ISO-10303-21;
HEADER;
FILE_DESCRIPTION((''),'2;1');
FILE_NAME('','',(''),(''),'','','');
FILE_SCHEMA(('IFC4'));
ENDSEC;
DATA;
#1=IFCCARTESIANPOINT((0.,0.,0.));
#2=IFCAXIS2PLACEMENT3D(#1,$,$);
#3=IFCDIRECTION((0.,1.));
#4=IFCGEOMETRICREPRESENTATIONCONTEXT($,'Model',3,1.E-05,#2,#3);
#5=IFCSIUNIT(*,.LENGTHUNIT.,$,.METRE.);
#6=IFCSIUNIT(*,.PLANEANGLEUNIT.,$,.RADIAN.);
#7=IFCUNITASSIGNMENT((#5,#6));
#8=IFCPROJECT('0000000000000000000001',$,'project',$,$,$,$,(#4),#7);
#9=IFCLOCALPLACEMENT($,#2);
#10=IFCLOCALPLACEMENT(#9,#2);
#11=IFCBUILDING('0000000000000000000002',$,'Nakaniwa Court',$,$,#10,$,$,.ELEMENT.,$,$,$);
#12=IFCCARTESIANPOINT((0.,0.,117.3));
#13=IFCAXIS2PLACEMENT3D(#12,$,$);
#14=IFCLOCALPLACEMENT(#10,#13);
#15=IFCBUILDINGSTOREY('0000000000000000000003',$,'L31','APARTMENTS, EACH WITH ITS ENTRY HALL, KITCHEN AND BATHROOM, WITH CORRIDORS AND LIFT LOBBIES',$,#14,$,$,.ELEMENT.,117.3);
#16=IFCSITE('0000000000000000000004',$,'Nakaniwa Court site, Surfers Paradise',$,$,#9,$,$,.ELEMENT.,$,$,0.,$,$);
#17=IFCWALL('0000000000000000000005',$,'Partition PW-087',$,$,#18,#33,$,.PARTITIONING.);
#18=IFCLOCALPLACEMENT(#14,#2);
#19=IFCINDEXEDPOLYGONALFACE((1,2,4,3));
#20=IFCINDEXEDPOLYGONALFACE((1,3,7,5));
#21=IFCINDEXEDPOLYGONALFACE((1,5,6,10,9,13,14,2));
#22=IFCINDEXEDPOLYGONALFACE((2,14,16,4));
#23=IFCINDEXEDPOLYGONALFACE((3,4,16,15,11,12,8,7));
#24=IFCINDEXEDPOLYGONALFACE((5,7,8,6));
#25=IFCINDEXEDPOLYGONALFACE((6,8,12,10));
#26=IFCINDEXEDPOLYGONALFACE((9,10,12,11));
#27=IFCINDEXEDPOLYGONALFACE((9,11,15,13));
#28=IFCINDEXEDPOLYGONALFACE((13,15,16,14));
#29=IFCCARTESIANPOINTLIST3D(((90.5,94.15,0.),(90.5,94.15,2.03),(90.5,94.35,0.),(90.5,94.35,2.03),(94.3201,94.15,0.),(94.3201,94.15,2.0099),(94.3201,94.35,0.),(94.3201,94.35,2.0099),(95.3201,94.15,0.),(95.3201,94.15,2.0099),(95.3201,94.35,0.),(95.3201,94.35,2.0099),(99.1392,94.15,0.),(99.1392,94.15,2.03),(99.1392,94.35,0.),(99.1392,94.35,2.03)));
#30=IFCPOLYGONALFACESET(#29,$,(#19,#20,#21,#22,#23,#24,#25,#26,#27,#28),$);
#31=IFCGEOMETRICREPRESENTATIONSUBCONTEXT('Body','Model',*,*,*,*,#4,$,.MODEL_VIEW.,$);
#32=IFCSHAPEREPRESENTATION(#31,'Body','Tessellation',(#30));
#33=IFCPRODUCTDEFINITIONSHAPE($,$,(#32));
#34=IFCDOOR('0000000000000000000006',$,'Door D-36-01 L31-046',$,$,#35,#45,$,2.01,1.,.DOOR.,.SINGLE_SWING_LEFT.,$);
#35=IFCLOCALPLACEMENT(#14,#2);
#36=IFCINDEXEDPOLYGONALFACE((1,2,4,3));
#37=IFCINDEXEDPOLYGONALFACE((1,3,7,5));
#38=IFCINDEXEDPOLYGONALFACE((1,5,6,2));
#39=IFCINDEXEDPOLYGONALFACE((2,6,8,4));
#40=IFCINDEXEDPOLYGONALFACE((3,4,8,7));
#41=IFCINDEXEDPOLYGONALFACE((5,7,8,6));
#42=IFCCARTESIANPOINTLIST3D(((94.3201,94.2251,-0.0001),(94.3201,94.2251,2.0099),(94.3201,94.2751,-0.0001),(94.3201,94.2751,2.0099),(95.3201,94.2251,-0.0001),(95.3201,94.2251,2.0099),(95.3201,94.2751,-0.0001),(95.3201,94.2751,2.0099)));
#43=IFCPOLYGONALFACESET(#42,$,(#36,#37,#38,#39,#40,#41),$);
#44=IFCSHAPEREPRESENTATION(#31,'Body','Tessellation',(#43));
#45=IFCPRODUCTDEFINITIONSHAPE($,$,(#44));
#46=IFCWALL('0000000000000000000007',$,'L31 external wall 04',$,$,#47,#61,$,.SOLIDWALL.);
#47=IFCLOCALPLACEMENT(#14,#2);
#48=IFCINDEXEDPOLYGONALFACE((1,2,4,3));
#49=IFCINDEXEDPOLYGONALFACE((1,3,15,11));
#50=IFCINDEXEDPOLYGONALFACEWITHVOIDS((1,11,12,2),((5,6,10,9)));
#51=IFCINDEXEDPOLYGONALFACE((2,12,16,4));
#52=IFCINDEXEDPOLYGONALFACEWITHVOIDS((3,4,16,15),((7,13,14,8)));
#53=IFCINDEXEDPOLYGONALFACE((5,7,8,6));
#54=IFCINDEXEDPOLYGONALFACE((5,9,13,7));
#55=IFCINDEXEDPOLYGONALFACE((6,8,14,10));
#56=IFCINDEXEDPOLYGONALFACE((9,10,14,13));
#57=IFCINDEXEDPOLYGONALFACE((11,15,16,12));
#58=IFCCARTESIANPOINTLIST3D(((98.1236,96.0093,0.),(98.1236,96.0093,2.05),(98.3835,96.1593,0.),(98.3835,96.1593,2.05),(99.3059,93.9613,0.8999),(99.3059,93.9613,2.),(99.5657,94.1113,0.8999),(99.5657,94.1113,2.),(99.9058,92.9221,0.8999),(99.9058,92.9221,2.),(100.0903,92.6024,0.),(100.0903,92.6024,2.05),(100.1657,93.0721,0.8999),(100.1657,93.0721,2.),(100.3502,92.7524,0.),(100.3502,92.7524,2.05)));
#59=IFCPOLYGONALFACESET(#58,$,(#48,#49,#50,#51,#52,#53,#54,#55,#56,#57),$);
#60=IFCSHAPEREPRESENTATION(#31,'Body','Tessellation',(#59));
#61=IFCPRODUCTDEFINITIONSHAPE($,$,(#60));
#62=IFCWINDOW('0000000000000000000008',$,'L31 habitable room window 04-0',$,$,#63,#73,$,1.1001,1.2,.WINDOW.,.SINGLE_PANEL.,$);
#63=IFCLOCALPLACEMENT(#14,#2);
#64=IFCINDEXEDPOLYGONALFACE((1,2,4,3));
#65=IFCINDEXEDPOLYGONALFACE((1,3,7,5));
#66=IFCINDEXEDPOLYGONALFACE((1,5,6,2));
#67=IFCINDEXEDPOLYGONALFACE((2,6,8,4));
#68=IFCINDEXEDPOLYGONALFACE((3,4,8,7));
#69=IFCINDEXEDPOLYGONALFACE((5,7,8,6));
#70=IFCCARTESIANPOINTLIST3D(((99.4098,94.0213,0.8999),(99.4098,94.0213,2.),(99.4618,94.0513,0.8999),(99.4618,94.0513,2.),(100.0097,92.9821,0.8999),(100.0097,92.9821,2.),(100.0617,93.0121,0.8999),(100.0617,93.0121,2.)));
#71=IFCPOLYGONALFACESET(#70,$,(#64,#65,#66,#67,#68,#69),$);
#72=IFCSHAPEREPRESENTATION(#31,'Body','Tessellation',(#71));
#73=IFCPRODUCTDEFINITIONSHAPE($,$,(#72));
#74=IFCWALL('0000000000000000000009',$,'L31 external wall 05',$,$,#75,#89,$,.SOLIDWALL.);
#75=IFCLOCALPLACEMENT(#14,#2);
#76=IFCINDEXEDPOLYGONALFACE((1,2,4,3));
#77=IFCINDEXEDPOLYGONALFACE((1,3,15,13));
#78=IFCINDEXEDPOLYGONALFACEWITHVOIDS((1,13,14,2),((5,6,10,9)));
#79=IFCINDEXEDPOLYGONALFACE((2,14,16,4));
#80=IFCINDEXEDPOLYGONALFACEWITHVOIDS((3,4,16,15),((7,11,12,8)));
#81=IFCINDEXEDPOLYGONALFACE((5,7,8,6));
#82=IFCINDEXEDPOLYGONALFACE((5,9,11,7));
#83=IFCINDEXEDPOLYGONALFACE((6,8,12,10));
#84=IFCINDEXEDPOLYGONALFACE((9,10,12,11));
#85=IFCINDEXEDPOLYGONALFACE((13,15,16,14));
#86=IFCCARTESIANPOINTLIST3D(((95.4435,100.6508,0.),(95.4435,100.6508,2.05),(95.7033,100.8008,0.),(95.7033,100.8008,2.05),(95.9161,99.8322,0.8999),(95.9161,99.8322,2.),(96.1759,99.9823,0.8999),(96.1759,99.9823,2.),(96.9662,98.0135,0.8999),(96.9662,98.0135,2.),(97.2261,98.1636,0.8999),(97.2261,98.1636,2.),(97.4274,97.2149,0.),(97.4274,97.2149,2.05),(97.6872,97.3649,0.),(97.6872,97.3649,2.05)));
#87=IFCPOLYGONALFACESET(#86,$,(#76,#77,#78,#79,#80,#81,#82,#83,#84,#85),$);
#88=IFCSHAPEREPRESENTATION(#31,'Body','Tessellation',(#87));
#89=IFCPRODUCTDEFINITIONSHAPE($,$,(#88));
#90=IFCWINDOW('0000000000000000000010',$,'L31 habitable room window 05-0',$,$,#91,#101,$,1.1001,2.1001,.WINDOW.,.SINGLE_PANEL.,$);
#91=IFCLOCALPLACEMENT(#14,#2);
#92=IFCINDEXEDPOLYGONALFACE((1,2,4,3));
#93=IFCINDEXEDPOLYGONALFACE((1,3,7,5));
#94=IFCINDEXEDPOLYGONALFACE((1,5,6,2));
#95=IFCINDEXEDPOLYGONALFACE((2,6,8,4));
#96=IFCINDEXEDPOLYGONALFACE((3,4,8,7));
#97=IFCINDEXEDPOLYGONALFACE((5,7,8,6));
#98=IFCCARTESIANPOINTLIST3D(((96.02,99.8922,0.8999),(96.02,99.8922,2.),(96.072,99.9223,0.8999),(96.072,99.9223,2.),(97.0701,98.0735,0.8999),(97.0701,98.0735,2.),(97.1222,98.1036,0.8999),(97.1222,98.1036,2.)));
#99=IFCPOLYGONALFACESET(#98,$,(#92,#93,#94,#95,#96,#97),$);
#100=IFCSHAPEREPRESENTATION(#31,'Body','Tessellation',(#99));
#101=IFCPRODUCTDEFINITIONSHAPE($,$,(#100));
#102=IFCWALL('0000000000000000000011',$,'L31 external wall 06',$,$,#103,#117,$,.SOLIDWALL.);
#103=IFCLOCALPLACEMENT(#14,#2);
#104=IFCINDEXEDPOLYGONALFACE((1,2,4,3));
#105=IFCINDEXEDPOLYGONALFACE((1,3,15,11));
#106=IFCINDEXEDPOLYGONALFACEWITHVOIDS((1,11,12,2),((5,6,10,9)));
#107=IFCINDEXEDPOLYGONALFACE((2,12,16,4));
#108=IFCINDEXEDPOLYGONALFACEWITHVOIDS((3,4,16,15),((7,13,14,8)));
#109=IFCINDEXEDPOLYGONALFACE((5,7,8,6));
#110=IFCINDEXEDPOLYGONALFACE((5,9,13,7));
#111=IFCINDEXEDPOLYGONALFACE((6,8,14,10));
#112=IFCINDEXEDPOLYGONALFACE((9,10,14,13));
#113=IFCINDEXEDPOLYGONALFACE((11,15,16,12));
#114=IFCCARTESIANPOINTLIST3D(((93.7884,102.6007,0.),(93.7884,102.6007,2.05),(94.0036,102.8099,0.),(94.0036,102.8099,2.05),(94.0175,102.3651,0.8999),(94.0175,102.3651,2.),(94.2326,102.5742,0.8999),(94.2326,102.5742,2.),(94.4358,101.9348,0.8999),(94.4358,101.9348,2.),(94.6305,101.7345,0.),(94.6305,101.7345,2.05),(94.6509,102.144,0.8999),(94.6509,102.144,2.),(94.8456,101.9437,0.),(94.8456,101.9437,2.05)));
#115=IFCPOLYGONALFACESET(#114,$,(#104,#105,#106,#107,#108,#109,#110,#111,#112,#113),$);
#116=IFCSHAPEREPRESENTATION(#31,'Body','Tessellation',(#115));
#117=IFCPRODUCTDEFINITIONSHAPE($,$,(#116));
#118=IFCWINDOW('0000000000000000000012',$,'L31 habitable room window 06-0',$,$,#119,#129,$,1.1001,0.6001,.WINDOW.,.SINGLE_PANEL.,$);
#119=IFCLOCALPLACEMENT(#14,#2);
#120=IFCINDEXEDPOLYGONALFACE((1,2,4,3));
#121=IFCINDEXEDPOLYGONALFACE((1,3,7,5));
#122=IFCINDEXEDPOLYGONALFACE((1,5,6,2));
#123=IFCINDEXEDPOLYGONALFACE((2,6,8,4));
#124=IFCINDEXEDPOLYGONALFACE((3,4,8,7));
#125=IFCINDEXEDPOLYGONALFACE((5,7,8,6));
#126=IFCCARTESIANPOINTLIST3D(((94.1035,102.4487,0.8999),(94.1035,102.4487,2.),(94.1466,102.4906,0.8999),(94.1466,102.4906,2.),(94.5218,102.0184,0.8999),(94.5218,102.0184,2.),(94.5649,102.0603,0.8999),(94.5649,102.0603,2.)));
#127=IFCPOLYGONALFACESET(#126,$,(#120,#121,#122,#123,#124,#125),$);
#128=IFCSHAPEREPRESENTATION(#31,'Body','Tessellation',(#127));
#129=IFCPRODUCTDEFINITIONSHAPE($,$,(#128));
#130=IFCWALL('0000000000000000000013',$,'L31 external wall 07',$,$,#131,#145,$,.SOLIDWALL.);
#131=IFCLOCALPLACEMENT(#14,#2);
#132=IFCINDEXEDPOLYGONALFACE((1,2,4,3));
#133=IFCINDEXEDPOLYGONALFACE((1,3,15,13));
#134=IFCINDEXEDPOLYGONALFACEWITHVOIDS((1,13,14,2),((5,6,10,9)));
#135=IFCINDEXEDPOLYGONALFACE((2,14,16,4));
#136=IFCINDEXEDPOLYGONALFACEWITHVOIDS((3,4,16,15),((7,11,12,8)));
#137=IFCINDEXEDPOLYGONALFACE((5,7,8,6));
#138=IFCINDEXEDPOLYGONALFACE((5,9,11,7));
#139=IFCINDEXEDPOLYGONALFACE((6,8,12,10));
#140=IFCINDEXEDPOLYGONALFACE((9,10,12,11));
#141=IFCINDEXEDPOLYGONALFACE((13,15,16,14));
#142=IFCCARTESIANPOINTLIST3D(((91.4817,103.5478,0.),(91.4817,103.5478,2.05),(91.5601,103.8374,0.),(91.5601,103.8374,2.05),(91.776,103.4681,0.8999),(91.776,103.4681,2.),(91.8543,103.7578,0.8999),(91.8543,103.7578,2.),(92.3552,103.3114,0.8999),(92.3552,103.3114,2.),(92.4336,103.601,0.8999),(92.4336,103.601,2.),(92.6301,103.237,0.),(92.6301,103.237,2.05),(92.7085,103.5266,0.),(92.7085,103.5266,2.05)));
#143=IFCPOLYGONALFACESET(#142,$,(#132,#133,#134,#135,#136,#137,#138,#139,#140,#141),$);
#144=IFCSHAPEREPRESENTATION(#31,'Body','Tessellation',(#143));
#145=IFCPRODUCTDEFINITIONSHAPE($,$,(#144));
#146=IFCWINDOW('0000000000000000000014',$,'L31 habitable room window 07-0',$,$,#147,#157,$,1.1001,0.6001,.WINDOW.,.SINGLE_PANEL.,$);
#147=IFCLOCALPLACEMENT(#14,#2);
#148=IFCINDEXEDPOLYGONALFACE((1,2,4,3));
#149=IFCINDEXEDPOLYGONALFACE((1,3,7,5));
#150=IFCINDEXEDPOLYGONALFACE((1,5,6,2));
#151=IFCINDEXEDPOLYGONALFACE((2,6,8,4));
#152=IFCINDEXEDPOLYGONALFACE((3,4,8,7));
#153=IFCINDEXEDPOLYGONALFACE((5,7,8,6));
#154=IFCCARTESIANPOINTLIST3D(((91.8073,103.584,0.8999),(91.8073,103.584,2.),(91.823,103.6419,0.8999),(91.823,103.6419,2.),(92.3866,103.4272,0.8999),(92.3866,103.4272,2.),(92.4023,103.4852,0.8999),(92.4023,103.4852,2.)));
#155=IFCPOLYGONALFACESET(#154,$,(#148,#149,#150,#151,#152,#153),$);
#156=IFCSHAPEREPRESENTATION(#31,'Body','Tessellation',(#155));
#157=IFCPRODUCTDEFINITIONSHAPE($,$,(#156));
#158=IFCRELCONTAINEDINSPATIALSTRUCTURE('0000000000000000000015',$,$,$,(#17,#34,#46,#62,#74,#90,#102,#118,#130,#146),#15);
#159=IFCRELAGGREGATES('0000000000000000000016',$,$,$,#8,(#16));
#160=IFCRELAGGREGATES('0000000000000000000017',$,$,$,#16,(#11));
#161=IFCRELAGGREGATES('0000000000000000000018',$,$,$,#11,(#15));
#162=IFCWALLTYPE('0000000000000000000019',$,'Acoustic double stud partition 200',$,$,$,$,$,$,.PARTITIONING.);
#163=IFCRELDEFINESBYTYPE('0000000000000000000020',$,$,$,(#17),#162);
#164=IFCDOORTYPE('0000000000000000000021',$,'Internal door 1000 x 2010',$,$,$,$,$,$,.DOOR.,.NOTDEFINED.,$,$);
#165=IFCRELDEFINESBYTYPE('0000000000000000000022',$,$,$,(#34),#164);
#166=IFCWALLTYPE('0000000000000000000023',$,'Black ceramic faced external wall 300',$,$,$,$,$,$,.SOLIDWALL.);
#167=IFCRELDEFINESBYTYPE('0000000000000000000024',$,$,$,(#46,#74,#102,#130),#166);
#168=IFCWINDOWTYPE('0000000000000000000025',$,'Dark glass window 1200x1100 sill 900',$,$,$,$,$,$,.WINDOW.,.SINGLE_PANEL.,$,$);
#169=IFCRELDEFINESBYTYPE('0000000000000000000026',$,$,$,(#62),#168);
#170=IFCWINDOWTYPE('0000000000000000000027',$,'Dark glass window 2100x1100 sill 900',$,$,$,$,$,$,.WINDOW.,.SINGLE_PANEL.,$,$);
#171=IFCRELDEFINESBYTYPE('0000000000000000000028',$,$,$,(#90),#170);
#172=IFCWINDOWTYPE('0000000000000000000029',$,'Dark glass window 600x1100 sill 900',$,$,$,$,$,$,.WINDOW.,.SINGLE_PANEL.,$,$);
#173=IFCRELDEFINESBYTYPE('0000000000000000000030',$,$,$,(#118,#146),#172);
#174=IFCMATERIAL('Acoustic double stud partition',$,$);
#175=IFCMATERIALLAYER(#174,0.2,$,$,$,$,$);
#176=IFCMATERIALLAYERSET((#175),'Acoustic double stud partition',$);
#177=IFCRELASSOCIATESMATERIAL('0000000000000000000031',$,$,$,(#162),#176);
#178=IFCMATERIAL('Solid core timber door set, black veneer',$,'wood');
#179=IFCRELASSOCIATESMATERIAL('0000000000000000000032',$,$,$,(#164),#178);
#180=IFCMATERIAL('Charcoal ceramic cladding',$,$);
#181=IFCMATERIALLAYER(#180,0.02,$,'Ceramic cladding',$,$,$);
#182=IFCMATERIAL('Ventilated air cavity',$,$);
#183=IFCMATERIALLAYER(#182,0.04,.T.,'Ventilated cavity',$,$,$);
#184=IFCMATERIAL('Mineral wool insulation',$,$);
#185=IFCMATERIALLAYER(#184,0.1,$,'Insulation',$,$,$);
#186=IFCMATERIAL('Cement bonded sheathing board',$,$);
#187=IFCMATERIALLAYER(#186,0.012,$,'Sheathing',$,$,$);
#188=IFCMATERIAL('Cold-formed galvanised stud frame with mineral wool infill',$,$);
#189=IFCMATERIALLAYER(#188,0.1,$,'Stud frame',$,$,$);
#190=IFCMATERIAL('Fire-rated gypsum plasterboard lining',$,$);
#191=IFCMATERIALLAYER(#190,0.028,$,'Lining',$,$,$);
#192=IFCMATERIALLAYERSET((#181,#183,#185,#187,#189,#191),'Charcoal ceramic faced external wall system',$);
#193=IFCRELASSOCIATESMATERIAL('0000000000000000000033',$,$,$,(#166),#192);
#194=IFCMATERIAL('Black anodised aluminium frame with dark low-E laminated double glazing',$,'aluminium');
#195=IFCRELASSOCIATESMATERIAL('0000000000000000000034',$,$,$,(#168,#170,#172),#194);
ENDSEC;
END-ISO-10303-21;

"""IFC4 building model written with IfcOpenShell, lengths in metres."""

from ifc_helpers import new_model, si_unit, direction, frame, frame_2d, origin, place, context, subcontext, project, spatial, rectangle, extrude, material, layer, layer_set, type_object, element, fill, save


model = new_model("IFC4")

# Units and contexts
model_context = context("Model", 3, precision=1e-05, world=origin(), true_north=direction((0.0, 1.0)))
body_context = subcontext(model_context, "Body", "Model", "MODEL_VIEW")
ifc_project = project(units=[si_unit("LENGTHUNIT", "METRE"), si_unit("PLANEANGLEUNIT", "RADIAN")], contexts=[model_context])

# Site, building, storey
site_placement = place(None, origin())
site = spatial("IfcSite", under=ifc_project, at=site_placement, Name="Nakaniwa Court site, Surfers Paradise", CompositionType="ELEMENT", RefElevation=0.0)
building_placement = place(site_placement, origin())
building = spatial("IfcBuilding", under=site, at=building_placement, Name="Nakaniwa Court", CompositionType="ELEMENT")
storey_placement = place(building_placement, frame((0.0, 0.0, 117.3)))
storey = spatial("IfcBuildingStorey", under=building, at=storey_placement, Name="L31", Description="APARTMENTS, EACH WITH ITS ENTRY HALL, KITCHEN AND BATHROOM, WITH CORRIDORS AND LIFT LOBBIES", CompositionType="ELEMENT", Elevation=117.3)

# Shared definitions
ifc_material_1 = material(Name="Acoustic double stud partition")
ifc_layer_1 = layer(ifc_material_1, 0.2)
ifc_layer_set_1 = layer_set([ifc_layer_1], Name="Acoustic double stud partition")
wall_type_1 = type_object("IfcWallType", Name="Acoustic double stud partition 200", PredefinedType="PARTITIONING", material=ifc_layer_set_1)

# Wall, opening, door
wall_1_placement = place(storey_placement, frame((99.1392, 94.25, 0.0), z_axis=(0.0, 0.0, 1.0), x_axis=(-1.0, 0.0, 0.0)))
wall_1 = element("IfcWall", 1, at=wall_1_placement, inside=storey, type_object=wall_type_1, Name="Partition PW-087", PredefinedType="PARTITIONING", context=body_context, shape_type="SweptSolid", body=[
    extrude(rectangle(XDim=8.6392, YDim=0.2, at=frame_2d((4.3196, 0.0))), origin(), (0.0, 0.0, 1.0), 2.03),
])
opening_1_placement = place(wall_1_placement, frame((3.8191, 0.0, 0.0)))
opening_1 = element("IfcOpeningElement", 2, at=opening_1_placement, cuts=wall_1, PredefinedType="OPENING", context=body_context, shape_type="SweptSolid", body=[
    extrude(rectangle(XDim=1.0, YDim=2.01, at=frame_2d((0.5, 1.0049))), frame((0.0, 0.1099, 0.0), z_axis=(0.0, -1.0, 0.0), x_axis=(1.0, 0.0, 0.0)), (0.0, 0.0, 1.0), 0.22),
])
ifc_material_2 = material(Name="Solid core timber door set, black veneer", Category="wood")
door_type = type_object("IfcDoorType", Name="Internal door 1000 x 2010", OperationType="NOTDEFINED", PredefinedType="DOOR", material=ifc_material_2)
door_placement = place(opening_1_placement, origin())
door = element("IfcDoor", 3, at=door_placement, inside=storey, type_object=door_type, Name="Door D-36-01 L31-046", OperationType="SINGLE_SWING_LEFT", OverallHeight=2.01, OverallWidth=1.0, PredefinedType="DOOR", context=body_context, shape_type="SweptSolid", body=[
    extrude(rectangle(XDim=1.0, YDim=2.01, at=frame_2d((0.5, 1.0049))), frame((0.0, 0.0249, 0.0), z_axis=(0.0, -1.0, 0.0), x_axis=(1.0, 0.0, 0.0)), (0.0, 0.0, 1.0), 0.05),
])
fill(opening_1, door)

# Walls, openings, windows
ifc_material_3 = material(Name="Charcoal ceramic cladding")
ifc_layer_2 = layer(ifc_material_3, 0.02, Name="Ceramic cladding")
ifc_material_4 = material(Name="Ventilated air cavity")
ifc_layer_3 = layer(ifc_material_4, 0.04, ventilated=True, Name="Ventilated cavity")
ifc_material_5 = material(Name="Mineral wool insulation")
ifc_layer_4 = layer(ifc_material_5, 0.1, Name="Insulation")
ifc_material_6 = material(Name="Cement bonded sheathing board")
ifc_layer_5 = layer(ifc_material_6, 0.012, Name="Sheathing")
ifc_material_7 = material(Name="Cold-formed galvanised stud frame with mineral wool infill")
ifc_layer_6 = layer(ifc_material_7, 0.1, Name="Stud frame")
ifc_material_8 = material(Name="Fire-rated gypsum plasterboard lining")
ifc_layer_7 = layer(ifc_material_8, 0.028, Name="Lining")
ifc_layer_set_2 = layer_set([ifc_layer_2, ifc_layer_3, ifc_layer_4, ifc_layer_5, ifc_layer_6, ifc_layer_7], Name="Charcoal ceramic faced external wall system")
wall_type_2 = type_object("IfcWallType", Name="Black ceramic faced external wall 300", PredefinedType="SOLIDWALL", material=ifc_layer_set_2)
wall_2_placement = place(storey_placement, frame((100.2202, 92.6775, 0.0), z_axis=(0.0, 0.0, 1.0), x_axis=(-0.499957, 0.86605, 0.0)))
wall_2 = element("IfcWall", 4, at=wall_2_placement, inside=storey, type_object=wall_type_2, Name="L31 external wall 04", PredefinedType="SOLIDWALL", context=body_context, shape_type="SweptSolid", body=[
    extrude(rectangle(XDim=3.9338, YDim=0.3, at=frame_2d((1.9668, 0.0))), origin(), (0.0, 0.0, 1.0), 2.05),
])
opening_2_placement = place(wall_2_placement, frame((0.3689, 0.0, 0.8999)))
opening_2 = element("IfcOpeningElement", 5, at=opening_2_placement, cuts=wall_2, PredefinedType="OPENING", context=body_context, shape_type="SweptSolid", body=[
    extrude(rectangle(XDim=1.2, YDim=1.1001, at=frame_2d((0.6001, 0.55))), frame((0.0, 0.1599, 0.0), z_axis=(0.0, -1.0, 0.0), x_axis=(1.0, 0.0, 0.0)), (0.0, 0.0, 1.0), 0.3201),
])
ifc_material_9 = material(Name="Black anodised aluminium frame with dark low-E laminated double glazing", Category="aluminium")
window_type_1 = type_object("IfcWindowType", Name="Dark glass window 1200x1100 sill 900", PartitioningType="SINGLE_PANEL", PredefinedType="WINDOW", material=ifc_material_9)
window_1_placement = place(opening_2_placement, origin())
window_1 = element("IfcWindow", 6, at=window_1_placement, inside=storey, type_object=window_type_1, Name="L31 habitable room window 04-0", OverallHeight=1.1001, OverallWidth=1.2, PartitioningType="SINGLE_PANEL", PredefinedType="WINDOW", context=body_context, shape_type="SweptSolid", body=[
    extrude(rectangle(XDim=1.2, YDim=1.1001, at=frame_2d((0.6001, 0.55))), frame((0.0, 0.03, 0.0), z_axis=(0.0, -1.0, 0.0), x_axis=(1.0, 0.0, 0.0)), (0.0, 0.0, 1.0), 0.0601),
])
fill(opening_2, window_1)
wall_3_placement = place(storey_placement, frame((97.5574, 97.2898, 0.0), z_axis=(0.0, 0.0, 1.0), x_axis=(-0.500044, 0.866, 0.0)))
wall_3 = element("IfcWall", 7, at=wall_3_placement, inside=storey, type_object=wall_type_2, Name="L31 external wall 05", PredefinedType="SOLIDWALL", context=body_context, shape_type="SweptSolid", body=[
    extrude(rectangle(XDim=3.9675, YDim=0.3, at=frame_2d((1.9839, 0.0))), origin(), (0.0, 0.0, 1.0), 2.05),
])
opening_3_placement = place(wall_3_placement, frame((0.9224, 0.0, 0.8999)))
opening_3 = element("IfcOpeningElement", 8, at=opening_3_placement, cuts=wall_3, PredefinedType="OPENING", context=body_context, shape_type="SweptSolid", body=[
    extrude(rectangle(XDim=2.1001, YDim=1.1001, at=frame_2d((1.05, 0.55))), frame((0.0, 0.1599, 0.0), z_axis=(0.0, -1.0, 0.0), x_axis=(1.0, 0.0, 0.0)), (0.0, 0.0, 1.0), 0.3201),
])
window_type_2 = type_object("IfcWindowType", Name="Dark glass window 2100x1100 sill 900", PartitioningType="SINGLE_PANEL", PredefinedType="WINDOW", material=ifc_material_9)
window_2_placement = place(opening_3_placement, origin())
window_2 = element("IfcWindow", 9, at=window_2_placement, inside=storey, type_object=window_type_2, Name="L31 habitable room window 05-0", OverallHeight=1.1001, OverallWidth=2.1001, PartitioningType="SINGLE_PANEL", PredefinedType="WINDOW", context=body_context, shape_type="SweptSolid", body=[
    extrude(rectangle(XDim=2.1001, YDim=1.1001, at=frame_2d((1.05, 0.55))), frame((0.0, 0.03, 0.0), z_axis=(0.0, -1.0, 0.0), x_axis=(1.0, 0.0, 0.0)), (0.0, 0.0, 1.0), 0.0601),
])
fill(opening_3, window_2)
wall_4_placement = place(storey_placement, frame((94.738, 101.8391, 0.0), z_axis=(0.0, 0.0, 1.0), x_axis=(-0.697032, 0.71704, 0.0)))
wall_4 = element("IfcWall", 10, at=wall_4_placement, inside=storey, type_object=wall_type_2, Name="L31 external wall 06", PredefinedType="SOLIDWALL", context=body_context, shape_type="SweptSolid", body=[
    extrude(rectangle(XDim=1.208, YDim=0.3, at=frame_2d((0.604, 0.0))), origin(), (0.0, 0.0, 1.0), 2.05),
])
opening_4_placement = place(wall_4_placement, frame((0.2793, 0.0, 0.8999)))
opening_4 = element("IfcOpeningElement", 11, at=opening_4_placement, cuts=wall_4, PredefinedType="OPENING", context=body_context, shape_type="SweptSolid", body=[
    extrude(rectangle(XDim=0.6001, YDim=1.1001, at=frame_2d((0.3, 0.55))), frame((0.0, 0.1599, 0.0), z_axis=(0.0, -1.0, 0.0), x_axis=(1.0, 0.0, 0.0)), (0.0, 0.0, 1.0), 0.3201),
])
window_type_3 = type_object("IfcWindowType", Name="Dark glass window 600x1100 sill 900", PartitioningType="SINGLE_PANEL", PredefinedType="WINDOW", material=ifc_material_9)
window_3_placement = place(opening_4_placement, origin())
window_3 = element("IfcWindow", 12, at=window_3_placement, inside=storey, type_object=window_type_3, Name="L31 habitable room window 06-0", OverallHeight=1.1001, OverallWidth=0.6001, PartitioningType="SINGLE_PANEL", PredefinedType="WINDOW", context=body_context, shape_type="SweptSolid", body=[
    extrude(rectangle(XDim=0.6001, YDim=1.1001, at=frame_2d((0.3, 0.55))), frame((0.0, 0.03, 0.0), z_axis=(0.0, -1.0, 0.0), x_axis=(1.0, 0.0, 0.0)), (0.0, 0.0, 1.0), 0.0601),
])
fill(opening_4, window_3)
wall_5_placement = place(storey_placement, frame((92.6692, 103.3818, 0.0), z_axis=(0.0, 0.0, 1.0), x_axis=(-0.965278, 0.261224, 0.0)))
wall_5 = element("IfcWall", 13, at=wall_5_placement, inside=storey, type_object=wall_type_2, Name="L31 external wall 07", PredefinedType="SOLIDWALL", context=body_context, shape_type="SweptSolid", body=[
    extrude(rectangle(XDim=1.1897, YDim=0.3, at=frame_2d((0.5947, 0.0))), origin(), (0.0, 0.0, 1.0), 2.05),
])
opening_5_placement = place(wall_5_placement, frame((0.2847, 0.0, 0.8999)))
opening_5 = element("IfcOpeningElement", 14, at=opening_5_placement, cuts=wall_5, PredefinedType="OPENING", context=body_context, shape_type="SweptSolid", body=[
    extrude(rectangle(XDim=0.6001, YDim=1.1001, at=frame_2d((0.3, 0.55))), frame((0.0, 0.1599, 0.0), z_axis=(0.0, -1.0, 0.0), x_axis=(1.0, 0.0, 0.0)), (0.0, 0.0, 1.0), 0.3201),
])
window_4_placement = place(opening_5_placement, origin())
window_4 = element("IfcWindow", 15, at=window_4_placement, inside=storey, type_object=window_type_3, Name="L31 habitable room window 07-0", OverallHeight=1.1001, OverallWidth=0.6001, PartitioningType="SINGLE_PANEL", PredefinedType="WINDOW", context=body_context, shape_type="SweptSolid", body=[
    extrude(rectangle(XDim=0.6001, YDim=1.1001, at=frame_2d((0.3, 0.55))), frame((0.0, 0.03, 0.0), z_axis=(0.0, -1.0, 0.0), x_axis=(1.0, 0.0, 0.0)), (0.0, 0.0, 1.0), 0.0601),
])
fill(opening_5, window_4)

save(model, "model.ifc")
